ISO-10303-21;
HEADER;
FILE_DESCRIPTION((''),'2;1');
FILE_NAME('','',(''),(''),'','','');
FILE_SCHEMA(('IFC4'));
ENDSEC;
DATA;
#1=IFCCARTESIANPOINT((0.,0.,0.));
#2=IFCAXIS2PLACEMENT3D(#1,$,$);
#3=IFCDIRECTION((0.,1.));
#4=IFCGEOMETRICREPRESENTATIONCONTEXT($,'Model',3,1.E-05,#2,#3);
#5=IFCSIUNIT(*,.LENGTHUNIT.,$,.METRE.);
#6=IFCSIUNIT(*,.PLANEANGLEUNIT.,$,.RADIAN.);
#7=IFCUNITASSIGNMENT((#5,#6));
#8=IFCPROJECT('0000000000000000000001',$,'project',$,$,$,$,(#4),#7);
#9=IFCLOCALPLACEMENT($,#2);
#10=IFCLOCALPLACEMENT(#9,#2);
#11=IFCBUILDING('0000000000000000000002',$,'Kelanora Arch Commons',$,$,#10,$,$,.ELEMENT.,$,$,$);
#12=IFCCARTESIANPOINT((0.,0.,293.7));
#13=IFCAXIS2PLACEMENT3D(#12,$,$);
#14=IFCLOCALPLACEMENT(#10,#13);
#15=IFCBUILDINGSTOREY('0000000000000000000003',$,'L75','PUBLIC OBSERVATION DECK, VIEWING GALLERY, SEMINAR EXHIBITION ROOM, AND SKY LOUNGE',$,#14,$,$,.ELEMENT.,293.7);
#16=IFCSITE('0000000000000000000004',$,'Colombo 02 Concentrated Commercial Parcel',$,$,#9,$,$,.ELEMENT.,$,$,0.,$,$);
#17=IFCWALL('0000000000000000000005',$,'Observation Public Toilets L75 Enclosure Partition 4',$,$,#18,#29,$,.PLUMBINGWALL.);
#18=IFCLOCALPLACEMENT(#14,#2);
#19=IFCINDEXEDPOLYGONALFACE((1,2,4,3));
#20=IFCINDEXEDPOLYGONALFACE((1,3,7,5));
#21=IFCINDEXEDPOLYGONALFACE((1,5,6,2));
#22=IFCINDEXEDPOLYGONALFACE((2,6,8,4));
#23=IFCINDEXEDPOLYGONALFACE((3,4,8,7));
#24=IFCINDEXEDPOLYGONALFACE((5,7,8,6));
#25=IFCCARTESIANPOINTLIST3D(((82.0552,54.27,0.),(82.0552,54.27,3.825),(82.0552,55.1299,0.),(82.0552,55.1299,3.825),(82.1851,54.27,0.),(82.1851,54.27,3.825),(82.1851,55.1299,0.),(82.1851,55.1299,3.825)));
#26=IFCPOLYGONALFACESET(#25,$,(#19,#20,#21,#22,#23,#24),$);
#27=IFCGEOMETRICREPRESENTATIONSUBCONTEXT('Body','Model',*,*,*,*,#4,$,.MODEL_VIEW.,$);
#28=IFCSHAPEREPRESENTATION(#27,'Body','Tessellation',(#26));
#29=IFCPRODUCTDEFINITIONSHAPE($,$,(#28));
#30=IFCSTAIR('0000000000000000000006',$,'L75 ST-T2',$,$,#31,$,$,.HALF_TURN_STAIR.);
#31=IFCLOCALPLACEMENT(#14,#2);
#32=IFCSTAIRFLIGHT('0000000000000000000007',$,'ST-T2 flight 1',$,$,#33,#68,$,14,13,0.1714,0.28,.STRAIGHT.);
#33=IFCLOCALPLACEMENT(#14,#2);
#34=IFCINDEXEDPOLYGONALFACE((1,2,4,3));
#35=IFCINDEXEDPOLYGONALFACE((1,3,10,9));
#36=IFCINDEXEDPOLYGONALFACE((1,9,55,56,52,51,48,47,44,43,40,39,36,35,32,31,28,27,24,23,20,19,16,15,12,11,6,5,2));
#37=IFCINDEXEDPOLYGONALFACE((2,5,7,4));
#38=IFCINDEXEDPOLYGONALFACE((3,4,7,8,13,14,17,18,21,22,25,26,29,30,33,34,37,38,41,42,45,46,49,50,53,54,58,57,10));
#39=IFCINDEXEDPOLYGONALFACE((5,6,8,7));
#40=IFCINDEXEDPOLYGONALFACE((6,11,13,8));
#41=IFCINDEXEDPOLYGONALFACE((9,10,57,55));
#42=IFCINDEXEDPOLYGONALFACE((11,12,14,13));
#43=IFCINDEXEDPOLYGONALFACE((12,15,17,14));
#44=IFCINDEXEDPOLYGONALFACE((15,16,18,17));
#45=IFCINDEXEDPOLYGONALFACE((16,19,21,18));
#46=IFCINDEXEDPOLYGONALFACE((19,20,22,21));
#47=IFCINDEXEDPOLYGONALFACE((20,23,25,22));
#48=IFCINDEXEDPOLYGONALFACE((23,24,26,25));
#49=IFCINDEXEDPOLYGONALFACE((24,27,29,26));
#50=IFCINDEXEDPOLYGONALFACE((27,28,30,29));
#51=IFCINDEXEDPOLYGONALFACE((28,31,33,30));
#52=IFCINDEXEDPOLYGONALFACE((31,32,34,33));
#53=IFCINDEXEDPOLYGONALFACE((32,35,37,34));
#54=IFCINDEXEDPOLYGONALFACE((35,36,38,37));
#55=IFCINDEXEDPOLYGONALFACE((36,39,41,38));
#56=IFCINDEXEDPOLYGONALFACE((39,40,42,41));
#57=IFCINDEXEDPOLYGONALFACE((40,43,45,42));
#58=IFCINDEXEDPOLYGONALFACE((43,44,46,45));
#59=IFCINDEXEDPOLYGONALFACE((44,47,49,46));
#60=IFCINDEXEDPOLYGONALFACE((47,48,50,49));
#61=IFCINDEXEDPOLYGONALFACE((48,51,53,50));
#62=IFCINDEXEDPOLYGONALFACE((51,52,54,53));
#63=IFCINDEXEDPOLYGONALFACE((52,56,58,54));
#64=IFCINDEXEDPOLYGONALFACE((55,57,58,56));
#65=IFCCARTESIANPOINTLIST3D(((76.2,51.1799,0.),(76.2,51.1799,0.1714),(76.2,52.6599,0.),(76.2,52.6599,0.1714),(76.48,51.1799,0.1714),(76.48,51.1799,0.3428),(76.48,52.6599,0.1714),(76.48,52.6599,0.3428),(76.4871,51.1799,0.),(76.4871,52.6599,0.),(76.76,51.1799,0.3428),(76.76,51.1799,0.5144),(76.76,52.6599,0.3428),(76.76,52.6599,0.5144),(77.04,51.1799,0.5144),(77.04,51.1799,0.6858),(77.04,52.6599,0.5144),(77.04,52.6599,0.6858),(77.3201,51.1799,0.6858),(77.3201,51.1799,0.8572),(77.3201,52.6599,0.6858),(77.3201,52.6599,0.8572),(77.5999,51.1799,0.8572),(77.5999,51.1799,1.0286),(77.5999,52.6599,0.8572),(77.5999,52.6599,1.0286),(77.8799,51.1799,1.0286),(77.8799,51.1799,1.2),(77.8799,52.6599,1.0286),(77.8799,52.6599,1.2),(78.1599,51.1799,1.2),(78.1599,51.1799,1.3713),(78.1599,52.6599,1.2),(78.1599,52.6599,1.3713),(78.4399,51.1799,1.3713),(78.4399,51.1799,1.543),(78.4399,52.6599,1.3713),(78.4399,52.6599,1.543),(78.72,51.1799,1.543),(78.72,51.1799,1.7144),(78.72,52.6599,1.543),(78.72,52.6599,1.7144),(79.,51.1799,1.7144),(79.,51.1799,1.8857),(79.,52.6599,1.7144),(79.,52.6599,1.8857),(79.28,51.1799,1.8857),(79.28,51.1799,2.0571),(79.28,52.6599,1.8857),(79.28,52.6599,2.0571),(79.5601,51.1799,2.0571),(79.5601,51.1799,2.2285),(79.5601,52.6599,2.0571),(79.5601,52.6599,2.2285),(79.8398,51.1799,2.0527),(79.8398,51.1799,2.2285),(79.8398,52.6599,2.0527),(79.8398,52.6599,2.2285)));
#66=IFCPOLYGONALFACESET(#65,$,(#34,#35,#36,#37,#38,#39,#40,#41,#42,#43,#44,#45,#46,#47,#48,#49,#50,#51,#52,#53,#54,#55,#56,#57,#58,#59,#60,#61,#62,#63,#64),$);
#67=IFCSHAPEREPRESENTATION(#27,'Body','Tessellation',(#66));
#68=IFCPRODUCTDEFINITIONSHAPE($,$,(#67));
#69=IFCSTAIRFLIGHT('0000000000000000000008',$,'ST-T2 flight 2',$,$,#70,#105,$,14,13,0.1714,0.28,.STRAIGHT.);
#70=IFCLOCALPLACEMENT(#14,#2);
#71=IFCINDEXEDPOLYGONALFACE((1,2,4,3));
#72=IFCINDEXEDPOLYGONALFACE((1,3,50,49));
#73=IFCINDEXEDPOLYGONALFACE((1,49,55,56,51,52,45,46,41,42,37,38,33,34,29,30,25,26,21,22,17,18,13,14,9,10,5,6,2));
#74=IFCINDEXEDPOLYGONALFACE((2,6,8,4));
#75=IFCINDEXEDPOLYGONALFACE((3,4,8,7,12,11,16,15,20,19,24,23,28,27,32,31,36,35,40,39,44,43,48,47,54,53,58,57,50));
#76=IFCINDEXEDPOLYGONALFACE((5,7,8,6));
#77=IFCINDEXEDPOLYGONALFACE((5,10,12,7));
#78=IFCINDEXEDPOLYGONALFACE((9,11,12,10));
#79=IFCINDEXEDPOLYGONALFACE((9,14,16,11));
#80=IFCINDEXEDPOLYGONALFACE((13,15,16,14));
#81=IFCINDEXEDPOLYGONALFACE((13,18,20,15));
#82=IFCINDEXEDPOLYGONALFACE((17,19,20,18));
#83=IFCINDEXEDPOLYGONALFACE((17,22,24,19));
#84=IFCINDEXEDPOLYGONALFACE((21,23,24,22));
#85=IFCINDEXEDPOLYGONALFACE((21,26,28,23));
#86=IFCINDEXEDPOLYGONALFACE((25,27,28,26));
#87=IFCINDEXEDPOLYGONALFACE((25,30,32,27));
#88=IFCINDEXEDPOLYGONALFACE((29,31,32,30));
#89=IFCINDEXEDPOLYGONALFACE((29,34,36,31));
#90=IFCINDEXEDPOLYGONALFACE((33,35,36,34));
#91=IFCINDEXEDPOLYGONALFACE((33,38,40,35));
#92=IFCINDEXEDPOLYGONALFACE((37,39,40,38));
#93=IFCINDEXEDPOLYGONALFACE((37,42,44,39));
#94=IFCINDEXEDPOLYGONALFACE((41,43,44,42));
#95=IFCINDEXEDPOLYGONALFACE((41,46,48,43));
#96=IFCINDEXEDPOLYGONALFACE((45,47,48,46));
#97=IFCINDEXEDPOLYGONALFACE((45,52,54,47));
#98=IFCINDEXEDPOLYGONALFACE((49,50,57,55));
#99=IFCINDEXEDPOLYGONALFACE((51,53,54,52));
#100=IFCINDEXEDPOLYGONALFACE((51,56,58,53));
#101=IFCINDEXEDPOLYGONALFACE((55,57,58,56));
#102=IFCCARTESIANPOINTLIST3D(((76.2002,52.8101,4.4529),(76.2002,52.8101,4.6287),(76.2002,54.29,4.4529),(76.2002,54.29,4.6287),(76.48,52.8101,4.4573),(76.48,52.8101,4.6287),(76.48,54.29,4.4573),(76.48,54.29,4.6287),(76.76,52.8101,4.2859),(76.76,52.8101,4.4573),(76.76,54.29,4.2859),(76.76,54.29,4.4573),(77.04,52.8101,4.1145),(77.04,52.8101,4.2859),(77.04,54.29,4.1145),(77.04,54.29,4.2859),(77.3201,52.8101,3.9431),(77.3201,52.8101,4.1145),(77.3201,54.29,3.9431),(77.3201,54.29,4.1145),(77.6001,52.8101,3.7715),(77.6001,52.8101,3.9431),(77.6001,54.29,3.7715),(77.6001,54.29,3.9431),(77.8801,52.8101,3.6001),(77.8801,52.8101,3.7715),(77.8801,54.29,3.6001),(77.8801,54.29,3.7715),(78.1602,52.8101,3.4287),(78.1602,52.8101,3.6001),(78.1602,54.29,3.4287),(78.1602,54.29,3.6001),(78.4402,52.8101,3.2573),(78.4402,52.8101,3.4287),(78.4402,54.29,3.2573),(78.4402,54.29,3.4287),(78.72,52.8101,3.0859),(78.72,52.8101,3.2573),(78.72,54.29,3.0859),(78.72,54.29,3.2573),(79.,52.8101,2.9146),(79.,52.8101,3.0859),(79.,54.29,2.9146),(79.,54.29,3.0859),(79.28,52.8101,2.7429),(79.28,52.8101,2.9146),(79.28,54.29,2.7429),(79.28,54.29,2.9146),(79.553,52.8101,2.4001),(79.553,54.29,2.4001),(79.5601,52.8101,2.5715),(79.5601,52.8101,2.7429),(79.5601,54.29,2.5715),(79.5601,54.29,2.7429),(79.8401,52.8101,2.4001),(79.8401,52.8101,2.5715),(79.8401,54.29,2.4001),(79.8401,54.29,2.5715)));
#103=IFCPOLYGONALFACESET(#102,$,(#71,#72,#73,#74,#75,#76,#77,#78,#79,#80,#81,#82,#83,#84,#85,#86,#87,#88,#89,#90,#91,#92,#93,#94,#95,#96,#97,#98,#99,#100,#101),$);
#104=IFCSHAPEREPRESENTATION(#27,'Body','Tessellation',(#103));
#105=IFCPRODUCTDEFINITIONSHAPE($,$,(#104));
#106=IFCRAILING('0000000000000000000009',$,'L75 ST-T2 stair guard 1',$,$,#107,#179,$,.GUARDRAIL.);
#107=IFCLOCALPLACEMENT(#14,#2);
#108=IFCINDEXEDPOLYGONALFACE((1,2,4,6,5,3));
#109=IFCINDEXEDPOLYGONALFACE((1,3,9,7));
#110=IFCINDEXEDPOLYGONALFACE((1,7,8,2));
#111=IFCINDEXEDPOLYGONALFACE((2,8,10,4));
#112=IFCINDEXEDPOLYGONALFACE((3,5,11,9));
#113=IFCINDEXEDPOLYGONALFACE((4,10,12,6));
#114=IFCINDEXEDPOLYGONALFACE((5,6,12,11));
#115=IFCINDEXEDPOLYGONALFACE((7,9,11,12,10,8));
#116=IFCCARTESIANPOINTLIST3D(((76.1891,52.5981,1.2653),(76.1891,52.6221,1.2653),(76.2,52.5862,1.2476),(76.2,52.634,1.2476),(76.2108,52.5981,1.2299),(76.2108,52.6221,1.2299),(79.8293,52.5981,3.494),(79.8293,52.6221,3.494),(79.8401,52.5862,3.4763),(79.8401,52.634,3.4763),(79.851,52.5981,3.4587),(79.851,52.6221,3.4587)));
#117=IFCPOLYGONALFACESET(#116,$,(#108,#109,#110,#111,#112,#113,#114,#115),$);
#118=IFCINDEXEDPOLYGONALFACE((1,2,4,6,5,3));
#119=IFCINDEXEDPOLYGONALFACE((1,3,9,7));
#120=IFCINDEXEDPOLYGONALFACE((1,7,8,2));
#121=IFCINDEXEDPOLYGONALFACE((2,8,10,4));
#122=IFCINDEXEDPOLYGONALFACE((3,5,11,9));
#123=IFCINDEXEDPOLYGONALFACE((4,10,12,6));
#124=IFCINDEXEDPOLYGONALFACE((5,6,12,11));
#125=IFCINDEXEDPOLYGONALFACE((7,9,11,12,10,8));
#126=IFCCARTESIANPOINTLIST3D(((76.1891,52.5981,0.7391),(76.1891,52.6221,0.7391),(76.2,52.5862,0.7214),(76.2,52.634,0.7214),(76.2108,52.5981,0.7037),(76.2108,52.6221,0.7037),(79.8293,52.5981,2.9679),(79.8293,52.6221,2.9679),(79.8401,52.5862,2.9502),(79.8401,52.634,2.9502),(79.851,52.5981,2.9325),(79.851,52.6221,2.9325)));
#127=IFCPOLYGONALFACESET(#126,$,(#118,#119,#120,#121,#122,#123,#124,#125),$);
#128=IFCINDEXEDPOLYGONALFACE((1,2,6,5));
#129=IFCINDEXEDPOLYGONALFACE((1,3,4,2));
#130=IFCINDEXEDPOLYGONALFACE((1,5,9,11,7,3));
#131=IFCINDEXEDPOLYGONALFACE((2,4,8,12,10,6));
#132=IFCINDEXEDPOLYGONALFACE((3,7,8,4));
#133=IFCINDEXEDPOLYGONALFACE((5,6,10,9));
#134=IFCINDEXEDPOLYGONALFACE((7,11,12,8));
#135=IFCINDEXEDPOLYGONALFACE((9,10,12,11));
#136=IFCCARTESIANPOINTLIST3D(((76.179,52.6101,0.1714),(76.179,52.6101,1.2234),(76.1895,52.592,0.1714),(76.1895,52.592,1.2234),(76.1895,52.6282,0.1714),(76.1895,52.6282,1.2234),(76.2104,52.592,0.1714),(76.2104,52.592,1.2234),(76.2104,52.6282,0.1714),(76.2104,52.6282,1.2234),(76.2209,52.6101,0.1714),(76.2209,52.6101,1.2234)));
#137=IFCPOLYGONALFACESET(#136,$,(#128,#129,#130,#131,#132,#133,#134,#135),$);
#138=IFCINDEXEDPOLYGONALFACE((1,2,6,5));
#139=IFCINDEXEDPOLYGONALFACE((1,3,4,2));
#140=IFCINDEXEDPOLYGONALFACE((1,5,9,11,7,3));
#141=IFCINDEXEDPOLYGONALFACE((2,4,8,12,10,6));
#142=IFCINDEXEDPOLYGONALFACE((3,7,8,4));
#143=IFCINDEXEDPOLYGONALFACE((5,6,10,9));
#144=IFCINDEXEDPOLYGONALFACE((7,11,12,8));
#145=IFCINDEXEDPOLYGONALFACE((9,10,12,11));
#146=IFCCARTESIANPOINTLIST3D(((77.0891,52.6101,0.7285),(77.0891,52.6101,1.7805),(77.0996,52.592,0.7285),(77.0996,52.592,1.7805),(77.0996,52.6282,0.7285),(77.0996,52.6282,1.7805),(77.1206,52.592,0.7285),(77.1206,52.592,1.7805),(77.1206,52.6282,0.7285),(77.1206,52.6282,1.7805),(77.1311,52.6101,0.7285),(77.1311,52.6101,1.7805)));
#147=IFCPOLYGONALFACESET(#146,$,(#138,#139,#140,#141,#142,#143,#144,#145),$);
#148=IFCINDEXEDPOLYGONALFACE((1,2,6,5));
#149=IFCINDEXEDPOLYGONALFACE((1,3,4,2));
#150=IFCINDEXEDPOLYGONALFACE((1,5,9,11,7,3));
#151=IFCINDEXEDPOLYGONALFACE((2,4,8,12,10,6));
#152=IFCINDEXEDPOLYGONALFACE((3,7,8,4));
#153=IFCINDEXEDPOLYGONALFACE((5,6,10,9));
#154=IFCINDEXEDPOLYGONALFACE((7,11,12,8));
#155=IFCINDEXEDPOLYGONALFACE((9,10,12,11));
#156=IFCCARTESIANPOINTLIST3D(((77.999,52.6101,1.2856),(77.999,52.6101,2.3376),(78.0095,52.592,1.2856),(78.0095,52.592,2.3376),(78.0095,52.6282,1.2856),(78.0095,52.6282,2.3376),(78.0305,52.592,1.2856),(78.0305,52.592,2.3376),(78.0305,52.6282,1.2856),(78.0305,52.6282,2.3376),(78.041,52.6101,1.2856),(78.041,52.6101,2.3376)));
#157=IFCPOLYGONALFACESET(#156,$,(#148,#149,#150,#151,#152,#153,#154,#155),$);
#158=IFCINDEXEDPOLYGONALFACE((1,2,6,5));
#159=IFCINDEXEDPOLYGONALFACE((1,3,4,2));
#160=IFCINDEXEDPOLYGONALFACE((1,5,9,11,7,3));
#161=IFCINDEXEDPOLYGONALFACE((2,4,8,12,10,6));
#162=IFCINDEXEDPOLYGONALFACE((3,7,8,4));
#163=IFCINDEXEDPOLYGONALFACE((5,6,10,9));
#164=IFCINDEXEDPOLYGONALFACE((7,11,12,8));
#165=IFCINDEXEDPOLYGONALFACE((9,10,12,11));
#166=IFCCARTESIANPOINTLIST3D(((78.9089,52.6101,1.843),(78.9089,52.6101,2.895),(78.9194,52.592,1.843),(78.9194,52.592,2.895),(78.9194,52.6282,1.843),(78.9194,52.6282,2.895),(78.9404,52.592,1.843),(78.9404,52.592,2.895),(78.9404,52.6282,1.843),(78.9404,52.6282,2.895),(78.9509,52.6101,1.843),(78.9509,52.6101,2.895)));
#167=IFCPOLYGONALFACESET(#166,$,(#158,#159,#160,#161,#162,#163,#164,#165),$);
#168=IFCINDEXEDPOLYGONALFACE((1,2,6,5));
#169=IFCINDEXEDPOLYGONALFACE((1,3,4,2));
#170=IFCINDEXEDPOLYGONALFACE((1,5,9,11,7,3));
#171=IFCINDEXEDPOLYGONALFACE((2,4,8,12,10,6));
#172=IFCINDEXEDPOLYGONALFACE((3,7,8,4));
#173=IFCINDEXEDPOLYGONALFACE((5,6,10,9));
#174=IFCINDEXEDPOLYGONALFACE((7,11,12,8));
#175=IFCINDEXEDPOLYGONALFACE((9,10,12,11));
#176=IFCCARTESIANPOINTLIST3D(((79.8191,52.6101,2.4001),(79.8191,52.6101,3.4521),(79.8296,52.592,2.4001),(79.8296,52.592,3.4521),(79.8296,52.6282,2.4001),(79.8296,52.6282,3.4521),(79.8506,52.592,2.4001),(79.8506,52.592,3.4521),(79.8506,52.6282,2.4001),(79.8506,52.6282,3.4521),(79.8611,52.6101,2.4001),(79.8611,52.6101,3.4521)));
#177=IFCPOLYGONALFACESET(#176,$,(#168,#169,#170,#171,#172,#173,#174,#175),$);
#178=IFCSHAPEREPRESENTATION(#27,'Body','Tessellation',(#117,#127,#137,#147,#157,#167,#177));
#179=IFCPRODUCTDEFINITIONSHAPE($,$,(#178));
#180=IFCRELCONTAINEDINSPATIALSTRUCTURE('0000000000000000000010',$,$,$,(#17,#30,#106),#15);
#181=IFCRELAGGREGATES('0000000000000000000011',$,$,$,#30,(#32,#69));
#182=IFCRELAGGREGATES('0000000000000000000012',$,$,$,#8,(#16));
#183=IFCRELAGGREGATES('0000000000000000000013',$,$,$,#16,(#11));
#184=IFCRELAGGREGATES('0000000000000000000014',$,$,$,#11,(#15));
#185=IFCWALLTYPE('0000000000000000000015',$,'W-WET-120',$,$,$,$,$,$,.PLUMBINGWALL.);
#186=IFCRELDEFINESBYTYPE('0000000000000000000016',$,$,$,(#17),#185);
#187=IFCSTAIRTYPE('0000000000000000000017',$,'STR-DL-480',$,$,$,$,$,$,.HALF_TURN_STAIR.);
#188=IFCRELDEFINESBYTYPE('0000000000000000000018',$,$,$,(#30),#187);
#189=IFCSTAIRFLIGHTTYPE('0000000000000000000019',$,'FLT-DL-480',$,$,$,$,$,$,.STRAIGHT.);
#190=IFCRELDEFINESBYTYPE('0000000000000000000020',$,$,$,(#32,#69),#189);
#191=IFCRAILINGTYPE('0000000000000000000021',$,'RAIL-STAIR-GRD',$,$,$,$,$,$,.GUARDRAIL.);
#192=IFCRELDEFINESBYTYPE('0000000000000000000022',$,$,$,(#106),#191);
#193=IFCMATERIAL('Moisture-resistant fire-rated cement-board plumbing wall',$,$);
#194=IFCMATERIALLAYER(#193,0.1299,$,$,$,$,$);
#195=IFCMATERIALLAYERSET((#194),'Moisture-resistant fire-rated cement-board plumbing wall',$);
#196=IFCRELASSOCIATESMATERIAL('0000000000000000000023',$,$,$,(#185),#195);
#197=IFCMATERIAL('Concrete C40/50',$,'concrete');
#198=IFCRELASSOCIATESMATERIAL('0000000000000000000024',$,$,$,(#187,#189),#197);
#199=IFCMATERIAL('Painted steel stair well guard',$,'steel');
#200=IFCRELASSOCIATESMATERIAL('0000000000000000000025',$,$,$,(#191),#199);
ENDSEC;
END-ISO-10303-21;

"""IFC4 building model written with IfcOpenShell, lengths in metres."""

from ifc_helpers import new_model, si_unit, direction, frame, frame_2d, origin, place, context, subcontext, project, spatial, polyline, rectangle, outline, extrude, material, layer, layer_set, type_object, element, aggregate, save


model = new_model("IFC4")

# Units and contexts
model_context = context("Model", 3, precision=1e-05, world=origin(), true_north=direction((0.0, 1.0)))
body_context = subcontext(model_context, "Body", "Model", "MODEL_VIEW")
ifc_project = project(units=[si_unit("LENGTHUNIT", "METRE"), si_unit("PLANEANGLEUNIT", "RADIAN")], contexts=[model_context])

# Site, building, storey
site_placement = place(None, origin())
site = spatial("IfcSite", under=ifc_project, at=site_placement, Name="Colombo 02 Concentrated Commercial Parcel", CompositionType="ELEMENT", RefElevation=0.0)
building_placement = place(site_placement, origin())
building = spatial("IfcBuilding", under=site, at=building_placement, Name="Kelanora Arch Commons", CompositionType="ELEMENT")
storey_placement = place(building_placement, frame((0.0, 0.0, 293.7)))
storey = spatial("IfcBuildingStorey", under=building, at=storey_placement, Name="L75", Description="PUBLIC OBSERVATION DECK, VIEWING GALLERY, SEMINAR EXHIBITION ROOM, AND SKY LOUNGE", CompositionType="ELEMENT", Elevation=293.7)

# Shared definitions
ifc_material_1 = material(Name="Concrete C40/50", Category="concrete")

# Wall
ifc_material_2 = material(Name="Moisture-resistant fire-rated cement-board plumbing wall")
ifc_layer_1 = layer(ifc_material_2, 0.1299)
ifc_layer_set_1 = layer_set([ifc_layer_1], Name="Moisture-resistant fire-rated cement-board plumbing wall")
wall_type_1 = type_object("IfcWallType", Name="W-WET-120", PredefinedType="PLUMBINGWALL", material=ifc_layer_set_1)
wall_1_placement = place(storey_placement, frame((82.1201, 55.1299, 0.0), z_axis=(0.0, 0.0, 1.0), x_axis=(0.0, -1.0, 0.0)))
element("IfcWall", 1, at=wall_1_placement, inside=storey, type_object=wall_type_1, Name="Observation Public Toilets L75 Enclosure Partition 4", PredefinedType="PLUMBINGWALL", context=body_context, shape_type="SweptSolid", body=[
    extrude(rectangle(XDim=0.8599, YDim=0.1299, at=frame_2d((0.4299, 0.0))), origin(), (0.0, 0.0, 1.0), 3.825),
])

# Stair, stair flights
stair_type = type_object("IfcStairType", Name="STR-DL-480", PredefinedType="HALF_TURN_STAIR", material=ifc_material_1)
stair_placement = place(storey_placement, origin())
stair = element("IfcStair", 2, at=stair_placement, inside=storey, type_object=stair_type, Name="L75 ST-T2", PredefinedType="HALF_TURN_STAIR")
stair_flight_type = type_object("IfcStairFlightType", Name="FLT-DL-480", PredefinedType="STRAIGHT", material=ifc_material_1)
stair_flight_1_placement = place(storey_placement, frame((76.2, 51.9199, 0.0), z_axis=(0.0, 0.0, 1.0), x_axis=(1.0, 0.0, 0.0)))
stair_flight_1 = element("IfcStairFlight", 3, at=stair_flight_1_placement, type_object=stair_flight_type, Name="ST-T2 flight 1", NumberOfRisers=14, NumberOfTreads=13, PredefinedType="STRAIGHT", RiserHeight=0.1714, TreadLength=0.28, context=body_context, shape_type="SweptSolid", body=[
    extrude(outline(polyline([(0.0, 0.0), (0.0, 0.1714), (0.28, 0.1714), (0.28, 0.3428), (0.5601, 0.3428), (0.5601, 0.5144), (0.8401, 0.5144), (0.8401, 0.6858), (1.1201, 0.6858), (1.1201, 0.8572), (1.3999, 0.8572), (1.3999, 1.0286), (1.6799, 1.0286), (1.6799, 1.2), (1.96, 1.2), (1.96, 1.3713), (2.24, 1.3713), (2.24, 1.543), (2.52, 1.543), (2.52, 1.7144), (2.8, 1.7144), (2.8, 1.8857), (3.0801, 1.8857), (3.0801, 2.0571), (3.3601, 2.0571), (3.3601, 2.2285), (3.6399, 2.2285), (3.6399, 2.3999), (3.6399, 2.0527), (0.2871, 0.0), (0.0, 0.0)])), frame((0.0, 0.74, 0.0), z_axis=(0.0, -1.0, 0.0), x_axis=(1.0, 0.0, 0.0)), (0.0, 0.0, 1.0), 1.48),
])
stair_flight_2_placement = place(storey_placement, frame((79.8401, 53.55, 2.4001), z_axis=(0.0, 0.0, 1.0), x_axis=(-1.0, 0.0, 0.0)))
stair_flight_2 = element("IfcStairFlight", 4, at=stair_flight_2_placement, type_object=stair_flight_type, Name="ST-T2 flight 2", NumberOfRisers=14, NumberOfTreads=13, PredefinedType="STRAIGHT", RiserHeight=0.1714, TreadLength=0.28, context=body_context, shape_type="SweptSolid", body=[
    extrude(outline(polyline([(0.0, 0.0), (0.0, 0.1714), (0.28, 0.1714), (0.28, 0.3428), (0.5601, 0.3428), (0.5601, 0.5144), (0.8401, 0.5144), (0.8401, 0.6858), (1.1201, 0.6858), (1.1201, 0.8572), (1.3999, 0.8572), (1.3999, 1.0286), (1.6799, 1.0286), (1.6799, 1.2), (1.96, 1.2), (1.96, 1.3713), (2.24, 1.3713), (2.24, 1.543), (2.52, 1.543), (2.52, 1.7144), (2.8, 1.7144), (2.8, 1.8857), (3.0801, 1.8857), (3.0801, 2.0571), (3.3601, 2.0571), (3.3601, 2.2285), (3.6399, 2.2285), (3.6399, 2.3999), (3.6399, 2.0527), (0.2871, 0.0), (0.0, 0.0)])), frame((0.0, 0.74, 0.0), z_axis=(0.0, -1.0, 0.0), x_axis=(1.0, 0.0, 0.0)), (0.0, 0.0, 1.0), 1.48),
])
aggregate(stair, [stair_flight_1, stair_flight_2])

# Railing
ifc_material_3 = material(Name="Painted steel stair well guard", Category="steel")
railing_type_1 = type_object("IfcRailingType", Name="RAIL-STAIR-GRD", PredefinedType="GUARDRAIL", material=ifc_material_3)
railing_1_placement = place(storey_placement, frame((76.2, 52.6101, 0.1714)))
element("IfcRailing", 5, at=railing_1_placement, inside=storey, type_object=railing_type_1, Name="L75 ST-T2 stair guard 1", PredefinedType="GUARDRAIL", context=body_context, shape_type="SweptSolid", body=[
    extrude(outline(polyline([(0.0239, 0.0), (0.012, 0.0208), (-0.012, 0.0208), (-0.0239, 0.0), (-0.012, -0.0208), (0.012, -0.0208), (0.0239, 0.0)])), frame((0.0, 0.0, 1.0762), z_axis=(0.85284, 0.0, 0.522172), x_axis=(0.0, 1.0, 0.0)), (0.0, 0.0, 1.0), 4.2683),
    extrude(outline(polyline([(0.0239, 0.0), (0.012, 0.0208), (-0.012, 0.0208), (-0.0239, 0.0), (-0.012, -0.0208), (0.012, -0.0208), (0.0239, 0.0)])), frame((0.0, 0.0, 0.55), z_axis=(0.85284, 0.0, 0.522172), x_axis=(0.0, 1.0, 0.0)), (0.0, 0.0, 1.0), 4.2683),
    extrude(outline(polyline([(0.021, 0.0), (0.0105, 0.0181), (-0.0105, 0.0181), (-0.021, 0.0), (-0.0105, -0.0181), (0.0105, -0.0181), (0.021, 0.0)])), origin(), (0.0, 0.0, 1.0), 1.052),
    extrude(outline(polyline([(0.021, 0.0), (0.0105, 0.0181), (-0.0105, 0.0181), (-0.021, 0.0), (-0.0105, -0.0181), (0.0105, -0.0181), (0.021, 0.0)])), frame((0.9102, 0.0, 0.5571)), (0.0, 0.0, 1.0), 1.052),
    extrude(outline(polyline([(0.021, 0.0), (0.0105, 0.0181), (-0.0105, 0.0181), (-0.021, 0.0), (-0.0105, -0.0181), (0.0105, -0.0181), (0.021, 0.0)])), frame((1.8201, 0.0, 1.1143)), (0.0, 0.0, 1.0), 1.052),
    extrude(outline(polyline([(0.021, 0.0), (0.0105, 0.0181), (-0.0105, 0.0181), (-0.021, 0.0), (-0.0105, -0.0181), (0.0105, -0.0181), (0.021, 0.0)])), frame((2.73, 0.0, 1.6716)), (0.0, 0.0, 1.0), 1.052),
    extrude(outline(polyline([(0.021, 0.0), (0.0105, 0.0181), (-0.0105, 0.0181), (-0.021, 0.0), (-0.0105, -0.0181), (0.0105, -0.0181), (0.021, 0.0)])), frame((3.6401, 0.0, 2.2288)), (0.0, 0.0, 1.0), 1.052),
])

save(model, "model.ifc")
